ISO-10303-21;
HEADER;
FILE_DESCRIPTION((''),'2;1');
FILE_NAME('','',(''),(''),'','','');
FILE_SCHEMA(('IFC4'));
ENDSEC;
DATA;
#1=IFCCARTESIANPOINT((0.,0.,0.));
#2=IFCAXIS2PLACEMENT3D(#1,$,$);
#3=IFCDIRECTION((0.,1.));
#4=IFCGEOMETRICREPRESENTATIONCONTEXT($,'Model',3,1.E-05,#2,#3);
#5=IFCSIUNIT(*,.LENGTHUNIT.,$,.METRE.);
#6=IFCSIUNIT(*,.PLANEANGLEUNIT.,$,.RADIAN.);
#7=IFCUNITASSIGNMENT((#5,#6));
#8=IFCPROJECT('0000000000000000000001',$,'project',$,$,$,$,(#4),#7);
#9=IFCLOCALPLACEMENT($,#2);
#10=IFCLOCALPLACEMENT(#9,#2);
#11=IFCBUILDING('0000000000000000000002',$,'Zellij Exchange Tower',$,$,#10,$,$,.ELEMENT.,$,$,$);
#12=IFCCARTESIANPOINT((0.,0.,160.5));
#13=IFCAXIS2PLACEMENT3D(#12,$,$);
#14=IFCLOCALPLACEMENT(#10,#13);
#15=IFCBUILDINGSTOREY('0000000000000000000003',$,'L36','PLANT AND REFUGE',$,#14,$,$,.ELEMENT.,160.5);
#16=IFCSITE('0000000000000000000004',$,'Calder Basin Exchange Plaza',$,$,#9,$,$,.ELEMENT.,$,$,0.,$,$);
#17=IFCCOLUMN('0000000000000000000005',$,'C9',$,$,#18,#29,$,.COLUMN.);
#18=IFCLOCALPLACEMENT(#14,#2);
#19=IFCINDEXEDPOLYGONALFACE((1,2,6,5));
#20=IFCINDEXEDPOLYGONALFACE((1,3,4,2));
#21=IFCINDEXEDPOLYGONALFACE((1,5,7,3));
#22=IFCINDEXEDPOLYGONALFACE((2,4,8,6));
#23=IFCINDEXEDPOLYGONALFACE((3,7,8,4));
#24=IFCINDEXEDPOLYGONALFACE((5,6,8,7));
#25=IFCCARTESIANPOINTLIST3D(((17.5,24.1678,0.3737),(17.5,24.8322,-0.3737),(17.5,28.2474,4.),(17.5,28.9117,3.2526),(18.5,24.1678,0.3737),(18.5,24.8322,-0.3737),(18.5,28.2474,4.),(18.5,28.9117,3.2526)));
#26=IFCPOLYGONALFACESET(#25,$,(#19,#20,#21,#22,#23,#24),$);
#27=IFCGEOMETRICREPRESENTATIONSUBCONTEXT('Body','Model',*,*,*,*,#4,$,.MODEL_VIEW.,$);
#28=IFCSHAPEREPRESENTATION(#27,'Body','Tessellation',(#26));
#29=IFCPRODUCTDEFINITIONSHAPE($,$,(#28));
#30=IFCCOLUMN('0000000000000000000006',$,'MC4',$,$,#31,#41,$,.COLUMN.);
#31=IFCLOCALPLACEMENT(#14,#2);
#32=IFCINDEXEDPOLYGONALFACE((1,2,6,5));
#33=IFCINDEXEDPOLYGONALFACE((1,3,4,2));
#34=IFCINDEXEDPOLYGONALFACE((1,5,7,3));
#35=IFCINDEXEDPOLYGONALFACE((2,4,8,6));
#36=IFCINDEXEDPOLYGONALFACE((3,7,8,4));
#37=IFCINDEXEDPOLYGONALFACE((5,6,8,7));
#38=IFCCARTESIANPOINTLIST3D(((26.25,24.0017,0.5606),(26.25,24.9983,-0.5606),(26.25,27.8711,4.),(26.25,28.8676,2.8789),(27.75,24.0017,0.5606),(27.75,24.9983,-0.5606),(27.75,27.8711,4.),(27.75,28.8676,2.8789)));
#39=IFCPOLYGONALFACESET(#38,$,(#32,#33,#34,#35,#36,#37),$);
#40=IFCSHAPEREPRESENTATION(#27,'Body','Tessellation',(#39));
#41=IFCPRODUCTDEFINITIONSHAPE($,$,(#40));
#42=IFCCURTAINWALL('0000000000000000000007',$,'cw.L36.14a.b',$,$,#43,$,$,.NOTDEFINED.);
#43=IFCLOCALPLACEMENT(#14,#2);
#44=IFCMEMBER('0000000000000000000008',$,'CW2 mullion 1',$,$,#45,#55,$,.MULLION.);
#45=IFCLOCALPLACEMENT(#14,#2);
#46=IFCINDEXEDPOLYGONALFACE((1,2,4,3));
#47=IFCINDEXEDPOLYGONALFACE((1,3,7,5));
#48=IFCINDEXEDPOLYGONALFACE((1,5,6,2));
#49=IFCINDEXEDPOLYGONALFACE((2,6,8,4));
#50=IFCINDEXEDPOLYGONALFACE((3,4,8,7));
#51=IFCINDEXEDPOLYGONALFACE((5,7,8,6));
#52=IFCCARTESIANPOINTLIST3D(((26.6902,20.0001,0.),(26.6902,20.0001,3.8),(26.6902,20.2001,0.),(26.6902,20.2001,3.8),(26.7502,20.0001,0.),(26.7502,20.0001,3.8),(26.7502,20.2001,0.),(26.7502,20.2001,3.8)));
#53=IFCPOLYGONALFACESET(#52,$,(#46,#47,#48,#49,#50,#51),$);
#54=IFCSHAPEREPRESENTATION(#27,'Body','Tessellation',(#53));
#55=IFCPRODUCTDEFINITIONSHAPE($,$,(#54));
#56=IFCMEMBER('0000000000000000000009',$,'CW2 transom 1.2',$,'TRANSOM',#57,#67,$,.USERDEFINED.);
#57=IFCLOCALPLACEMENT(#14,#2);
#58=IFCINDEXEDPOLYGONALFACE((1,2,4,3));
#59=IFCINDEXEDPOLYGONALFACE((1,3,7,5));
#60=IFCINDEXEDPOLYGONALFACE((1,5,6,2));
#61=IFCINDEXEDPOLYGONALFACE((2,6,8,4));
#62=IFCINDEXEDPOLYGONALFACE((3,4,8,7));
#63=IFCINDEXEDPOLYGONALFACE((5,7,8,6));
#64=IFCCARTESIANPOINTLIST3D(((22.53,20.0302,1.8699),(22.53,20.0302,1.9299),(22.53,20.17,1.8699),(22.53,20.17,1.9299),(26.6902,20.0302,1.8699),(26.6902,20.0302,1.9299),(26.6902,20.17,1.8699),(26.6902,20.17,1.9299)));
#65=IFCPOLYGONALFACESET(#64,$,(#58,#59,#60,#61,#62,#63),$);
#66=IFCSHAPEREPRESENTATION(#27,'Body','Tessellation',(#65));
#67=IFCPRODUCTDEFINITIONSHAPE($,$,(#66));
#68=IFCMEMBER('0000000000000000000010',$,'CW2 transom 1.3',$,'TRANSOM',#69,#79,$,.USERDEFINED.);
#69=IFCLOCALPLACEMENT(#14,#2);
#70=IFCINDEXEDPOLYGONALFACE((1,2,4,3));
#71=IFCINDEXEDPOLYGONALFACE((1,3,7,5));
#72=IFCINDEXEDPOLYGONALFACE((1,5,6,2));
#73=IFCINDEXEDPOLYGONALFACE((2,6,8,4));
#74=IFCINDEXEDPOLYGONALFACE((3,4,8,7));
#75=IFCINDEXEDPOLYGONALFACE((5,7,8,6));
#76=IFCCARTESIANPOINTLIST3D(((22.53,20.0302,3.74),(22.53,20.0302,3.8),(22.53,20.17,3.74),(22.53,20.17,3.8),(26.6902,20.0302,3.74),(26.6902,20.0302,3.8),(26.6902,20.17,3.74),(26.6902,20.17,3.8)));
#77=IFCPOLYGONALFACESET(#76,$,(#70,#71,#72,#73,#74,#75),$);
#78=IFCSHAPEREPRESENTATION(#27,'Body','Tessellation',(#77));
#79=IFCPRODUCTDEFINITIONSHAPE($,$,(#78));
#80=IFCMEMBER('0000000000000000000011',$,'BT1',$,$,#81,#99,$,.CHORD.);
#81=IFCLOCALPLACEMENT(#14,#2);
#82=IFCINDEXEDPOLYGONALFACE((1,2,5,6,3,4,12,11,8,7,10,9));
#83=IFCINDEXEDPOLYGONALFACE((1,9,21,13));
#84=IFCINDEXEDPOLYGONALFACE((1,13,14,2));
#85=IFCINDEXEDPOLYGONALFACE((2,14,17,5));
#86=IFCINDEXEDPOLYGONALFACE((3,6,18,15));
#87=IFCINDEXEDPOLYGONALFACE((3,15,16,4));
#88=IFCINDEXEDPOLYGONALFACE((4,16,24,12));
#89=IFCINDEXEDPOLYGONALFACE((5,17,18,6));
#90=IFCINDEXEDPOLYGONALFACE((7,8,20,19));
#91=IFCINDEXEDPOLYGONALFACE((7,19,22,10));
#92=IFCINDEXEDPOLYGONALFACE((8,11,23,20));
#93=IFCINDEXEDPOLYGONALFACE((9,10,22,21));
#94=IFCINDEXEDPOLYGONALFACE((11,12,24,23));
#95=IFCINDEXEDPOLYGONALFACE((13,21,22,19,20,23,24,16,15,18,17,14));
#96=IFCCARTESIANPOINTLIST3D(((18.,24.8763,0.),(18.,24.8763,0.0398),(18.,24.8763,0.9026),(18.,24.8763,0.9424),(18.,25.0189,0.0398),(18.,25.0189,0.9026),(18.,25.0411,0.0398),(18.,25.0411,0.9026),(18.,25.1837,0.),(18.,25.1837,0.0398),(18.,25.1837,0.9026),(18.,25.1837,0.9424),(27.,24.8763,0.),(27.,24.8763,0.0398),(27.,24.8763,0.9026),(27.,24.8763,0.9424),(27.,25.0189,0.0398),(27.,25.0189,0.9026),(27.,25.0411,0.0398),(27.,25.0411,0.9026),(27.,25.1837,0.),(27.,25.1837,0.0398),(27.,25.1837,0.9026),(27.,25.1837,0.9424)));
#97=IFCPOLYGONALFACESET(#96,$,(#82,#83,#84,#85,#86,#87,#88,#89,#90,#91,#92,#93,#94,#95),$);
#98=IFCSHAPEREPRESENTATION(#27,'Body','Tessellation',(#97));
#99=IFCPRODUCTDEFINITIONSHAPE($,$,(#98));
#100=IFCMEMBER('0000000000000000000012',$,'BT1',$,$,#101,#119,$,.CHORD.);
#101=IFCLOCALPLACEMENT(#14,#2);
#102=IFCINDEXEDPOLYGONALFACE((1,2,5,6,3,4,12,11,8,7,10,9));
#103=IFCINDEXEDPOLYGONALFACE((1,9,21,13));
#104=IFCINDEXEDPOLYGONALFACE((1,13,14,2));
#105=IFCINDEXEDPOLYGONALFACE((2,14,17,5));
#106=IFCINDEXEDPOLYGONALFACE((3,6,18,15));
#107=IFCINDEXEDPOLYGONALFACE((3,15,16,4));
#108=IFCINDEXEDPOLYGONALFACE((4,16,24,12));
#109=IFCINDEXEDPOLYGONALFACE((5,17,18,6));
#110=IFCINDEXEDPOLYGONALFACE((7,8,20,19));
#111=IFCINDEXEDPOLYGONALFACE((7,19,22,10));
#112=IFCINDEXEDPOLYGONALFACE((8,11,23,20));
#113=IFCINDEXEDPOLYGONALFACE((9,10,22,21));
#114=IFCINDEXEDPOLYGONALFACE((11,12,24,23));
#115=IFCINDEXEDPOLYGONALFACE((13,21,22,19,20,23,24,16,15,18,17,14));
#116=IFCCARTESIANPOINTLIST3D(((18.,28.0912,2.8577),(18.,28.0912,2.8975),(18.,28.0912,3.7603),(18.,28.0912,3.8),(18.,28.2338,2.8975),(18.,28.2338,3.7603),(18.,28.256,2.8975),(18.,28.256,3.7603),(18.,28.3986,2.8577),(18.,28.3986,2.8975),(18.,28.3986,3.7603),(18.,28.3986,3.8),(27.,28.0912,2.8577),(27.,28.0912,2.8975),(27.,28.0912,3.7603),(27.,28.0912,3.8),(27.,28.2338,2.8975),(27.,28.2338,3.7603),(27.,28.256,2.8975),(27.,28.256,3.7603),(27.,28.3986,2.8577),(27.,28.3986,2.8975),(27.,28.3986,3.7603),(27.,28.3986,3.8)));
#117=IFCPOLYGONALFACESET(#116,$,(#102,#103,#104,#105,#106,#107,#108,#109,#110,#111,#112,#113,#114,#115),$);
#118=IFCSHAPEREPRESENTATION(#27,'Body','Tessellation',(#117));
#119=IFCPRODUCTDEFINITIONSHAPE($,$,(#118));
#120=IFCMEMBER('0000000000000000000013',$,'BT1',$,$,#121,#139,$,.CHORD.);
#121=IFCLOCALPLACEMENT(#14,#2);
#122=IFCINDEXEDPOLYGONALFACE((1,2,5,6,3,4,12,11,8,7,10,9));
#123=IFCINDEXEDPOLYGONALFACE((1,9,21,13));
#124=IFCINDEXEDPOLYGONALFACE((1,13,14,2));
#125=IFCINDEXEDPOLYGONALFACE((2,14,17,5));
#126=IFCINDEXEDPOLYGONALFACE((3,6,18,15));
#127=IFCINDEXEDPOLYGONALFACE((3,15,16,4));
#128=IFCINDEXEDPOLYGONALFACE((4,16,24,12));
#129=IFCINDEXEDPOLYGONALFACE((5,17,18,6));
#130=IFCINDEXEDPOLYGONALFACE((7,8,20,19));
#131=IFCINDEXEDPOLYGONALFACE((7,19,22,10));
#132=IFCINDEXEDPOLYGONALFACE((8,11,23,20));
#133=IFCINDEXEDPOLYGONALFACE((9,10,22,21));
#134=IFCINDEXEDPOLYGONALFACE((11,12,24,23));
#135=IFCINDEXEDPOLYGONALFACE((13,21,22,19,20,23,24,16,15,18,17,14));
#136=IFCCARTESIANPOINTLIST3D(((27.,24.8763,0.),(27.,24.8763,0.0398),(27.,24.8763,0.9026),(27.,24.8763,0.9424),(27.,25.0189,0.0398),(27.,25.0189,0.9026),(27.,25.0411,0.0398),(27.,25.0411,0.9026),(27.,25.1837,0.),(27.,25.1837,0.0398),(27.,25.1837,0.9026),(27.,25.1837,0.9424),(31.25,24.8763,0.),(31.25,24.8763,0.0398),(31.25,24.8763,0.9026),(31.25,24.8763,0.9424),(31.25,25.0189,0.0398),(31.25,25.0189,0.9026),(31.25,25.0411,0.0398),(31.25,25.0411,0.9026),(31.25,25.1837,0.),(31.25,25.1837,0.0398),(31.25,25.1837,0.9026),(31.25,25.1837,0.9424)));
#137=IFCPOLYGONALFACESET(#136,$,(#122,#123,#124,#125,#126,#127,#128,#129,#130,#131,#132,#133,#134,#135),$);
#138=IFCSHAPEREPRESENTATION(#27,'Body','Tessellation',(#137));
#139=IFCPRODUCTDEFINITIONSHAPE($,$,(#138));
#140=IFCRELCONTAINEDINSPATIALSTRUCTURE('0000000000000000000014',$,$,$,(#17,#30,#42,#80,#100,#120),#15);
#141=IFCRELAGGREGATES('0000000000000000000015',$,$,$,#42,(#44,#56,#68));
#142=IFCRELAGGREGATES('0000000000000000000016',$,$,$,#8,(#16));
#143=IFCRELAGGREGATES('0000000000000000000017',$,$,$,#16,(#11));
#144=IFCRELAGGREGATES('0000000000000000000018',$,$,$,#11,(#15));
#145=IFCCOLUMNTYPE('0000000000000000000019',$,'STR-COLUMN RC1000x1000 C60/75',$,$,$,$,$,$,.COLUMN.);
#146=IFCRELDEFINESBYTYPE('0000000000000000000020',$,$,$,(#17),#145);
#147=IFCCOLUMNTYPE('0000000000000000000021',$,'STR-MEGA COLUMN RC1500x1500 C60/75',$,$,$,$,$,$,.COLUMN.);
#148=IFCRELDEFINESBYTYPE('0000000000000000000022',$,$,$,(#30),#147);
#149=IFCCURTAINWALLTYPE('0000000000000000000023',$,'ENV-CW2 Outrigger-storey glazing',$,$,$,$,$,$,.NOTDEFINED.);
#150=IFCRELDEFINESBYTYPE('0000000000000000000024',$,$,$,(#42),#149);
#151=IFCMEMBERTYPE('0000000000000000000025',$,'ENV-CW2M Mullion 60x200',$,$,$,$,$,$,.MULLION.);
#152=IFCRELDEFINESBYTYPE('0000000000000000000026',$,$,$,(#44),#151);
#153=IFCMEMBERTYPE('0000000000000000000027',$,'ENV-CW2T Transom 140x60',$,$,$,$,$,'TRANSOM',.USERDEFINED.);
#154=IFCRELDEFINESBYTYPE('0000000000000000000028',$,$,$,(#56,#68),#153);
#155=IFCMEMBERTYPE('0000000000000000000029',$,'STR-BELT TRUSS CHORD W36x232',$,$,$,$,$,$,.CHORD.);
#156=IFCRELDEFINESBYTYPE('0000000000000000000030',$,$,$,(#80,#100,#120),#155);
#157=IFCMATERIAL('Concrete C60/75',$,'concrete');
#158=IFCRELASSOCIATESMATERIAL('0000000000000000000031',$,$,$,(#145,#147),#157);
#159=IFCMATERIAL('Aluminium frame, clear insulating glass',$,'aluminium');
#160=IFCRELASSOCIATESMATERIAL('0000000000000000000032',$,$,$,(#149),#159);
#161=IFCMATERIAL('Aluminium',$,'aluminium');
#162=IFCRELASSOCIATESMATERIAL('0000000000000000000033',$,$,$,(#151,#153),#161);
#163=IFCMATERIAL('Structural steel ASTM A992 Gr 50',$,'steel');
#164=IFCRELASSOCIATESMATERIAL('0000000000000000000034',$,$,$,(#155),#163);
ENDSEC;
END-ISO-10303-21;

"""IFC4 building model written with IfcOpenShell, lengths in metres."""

from ifc_helpers import new_model, si_unit, direction, frame, origin, origin_2d, place, context, subcontext, project, spatial, rectangle, i_section, extrude, clip, halfspace, material, material_profile, profile_set, type_object, element, aggregate, save


model = new_model("IFC4")

# Units and contexts
model_context = context("Model", 3, precision=1e-05, world=origin(), true_north=direction((0.0, 1.0)))
body_context = subcontext(model_context, "Body", "Model", "MODEL_VIEW")
ifc_project = project(units=[si_unit("LENGTHUNIT", "METRE"), si_unit("PLANEANGLEUNIT", "RADIAN")], contexts=[model_context])

# Site, building, storey
site_placement = place(None, origin())
site = spatial("IfcSite", under=ifc_project, at=site_placement, Name="Calder Basin Exchange Plaza", CompositionType="ELEMENT", RefElevation=0.0)
building_placement = place(site_placement, origin())
building = spatial("IfcBuilding", under=site, at=building_placement, Name="Zellij Exchange Tower", CompositionType="ELEMENT")
storey_placement = place(building_placement, frame((0.0, 0.0, 160.5)))
storey = spatial("IfcBuildingStorey", under=building, at=storey_placement, Name="L36", Description="PLANT AND REFUGE", CompositionType="ELEMENT", Elevation=160.5)

# Columns
ifc_material_1 = material(Name="Concrete C60/75", Category="concrete")
ifc_material_profile_1 = material_profile(ifc_material_1, rectangle(XDim=1.0, YDim=1.0, at=origin_2d()), Name="STR-COLUMN RC1000x1000 C60/75")
ifc_profile_set_1 = profile_set([ifc_material_profile_1], Name="Concrete C60/75")
column_type_1 = type_object("IfcColumnType", Name="STR-COLUMN RC1000x1000 C60/75", PredefinedType="COLUMN", material=ifc_profile_set_1)
column_1_placement = place(storey_placement, frame((18.0, 24.5, 0.0), z_axis=(0.0, 0.747409, 0.664364), x_axis=(-1.0, 0.0, 0.0)))
element("IfcColumn", 1, at=column_1_placement, inside=storey, type_object=column_type_1, Name="C9", PredefinedType="COLUMN", context=body_context, shape_type="Clipping", body=[
    clip(extrude(rectangle(XDim=1.0, YDim=1.0, at=origin_2d()), origin(), (0.0, 0.0, 1.0), 6.0208), halfspace(frame((0.0, 0.0, 5.4583)), False)),
])
ifc_material_profile_2 = material_profile(ifc_material_1, rectangle(XDim=1.5, YDim=1.5, at=origin_2d()), Name="STR-MEGA COLUMN RC1500x1500 C60/75")
ifc_profile_set_2 = profile_set([ifc_material_profile_2], Name="Concrete C60/75")
column_type_2 = type_object("IfcColumnType", Name="STR-MEGA COLUMN RC1500x1500 C60/75", PredefinedType="COLUMN", material=ifc_profile_set_2)
column_2_placement = place(storey_placement, frame((27.0, 24.5, 0.0), z_axis=(0.0, 0.747409, 0.664364), x_axis=(-1.0, 0.0, 0.0)))
element("IfcColumn", 2, at=column_2_placement, inside=storey, type_object=column_type_2, Name="MC4", PredefinedType="COLUMN", context=body_context, shape_type="Clipping", body=[
    clip(extrude(rectangle(XDim=1.5, YDim=1.5, at=origin_2d()), origin(), (0.0, 0.0, 1.0), 6.0208), halfspace(frame((0.0, 0.0, 5.177)), False)),
])

# Curtain wall, members
ifc_material_2 = material(Name="Aluminium frame, clear insulating glass", Category="aluminium")
curtain_wall_type = type_object("IfcCurtainWallType", Name="ENV-CW2 Outrigger-storey glazing", PredefinedType="NOTDEFINED", material=ifc_material_2)
curtain_wall_placement = place(storey_placement, origin())
curtain_wall = element("IfcCurtainWall", 3, at=curtain_wall_placement, inside=storey, type_object=curtain_wall_type, Name="cw.L36.14a.b", PredefinedType="NOTDEFINED")
ifc_material_3 = material(Name="Aluminium", Category="aluminium")
ifc_material_profile_3 = material_profile(ifc_material_3, rectangle(XDim=0.0601, YDim=0.2, at=origin_2d()), Name="AL 60x200")
ifc_profile_set_3 = profile_set([ifc_material_profile_3], Name="Aluminium")
member_type_1 = type_object("IfcMemberType", Name="ENV-CW2M Mullion 60x200", PredefinedType="MULLION", material=ifc_profile_set_3)
member_1_placement = place(storey_placement, frame((26.7202, 20.1001, 0.0), z_axis=(0.0, 0.0, 1.0), x_axis=(-1.0, 0.0, 0.0)))
member_1 = element("IfcMember", 4, at=member_1_placement, type_object=member_type_1, Name="CW2 mullion 1", PredefinedType="MULLION", context=body_context, shape_type="SweptSolid", body=[
    extrude(rectangle(XDim=0.0601, YDim=0.2, at=origin_2d()), origin(), (0.0, 0.0, 1.0), 3.8),
])
ifc_material_profile_4 = material_profile(ifc_material_3, rectangle(XDim=0.1399, YDim=0.0601, at=origin_2d()), Name="AL 140x60")
ifc_profile_set_4 = profile_set([ifc_material_profile_4], Name="Aluminium")
member_type_2 = type_object("IfcMemberType", Name="ENV-CW2T Transom 140x60", ElementType="TRANSOM", PredefinedType="USERDEFINED", material=ifc_profile_set_4)
member_2_placement = place(storey_placement, frame((26.6902, 20.1001, 1.8999), z_axis=(-1.0, 0.0, 0.0), x_axis=(0.0, -1.0, 0.0)))
member_2 = element("IfcMember", 5, at=member_2_placement, type_object=member_type_2, Name="CW2 transom 1.2", ObjectType="TRANSOM", PredefinedType="USERDEFINED", context=body_context, shape_type="SweptSolid", body=[
    extrude(rectangle(XDim=0.1399, YDim=0.0601, at=origin_2d()), origin(), (0.0, 0.0, 1.0), 4.1602),
])
member_3_placement = place(storey_placement, frame((26.6902, 20.1001, 3.77), z_axis=(-1.0, 0.0, 0.0), x_axis=(0.0, -1.0, 0.0)))
member_3 = element("IfcMember", 6, at=member_3_placement, type_object=member_type_2, Name="CW2 transom 1.3", ObjectType="TRANSOM", PredefinedType="USERDEFINED", context=body_context, shape_type="SweptSolid", body=[
    extrude(rectangle(XDim=0.1399, YDim=0.0601, at=origin_2d()), origin(), (0.0, 0.0, 1.0), 4.1602),
])
aggregate(curtain_wall, [member_1, member_2, member_3])

# Members
ifc_material_4 = material(Name="Structural steel ASTM A992 Gr 50", Category="steel")
ifc_material_profile_5 = material_profile(ifc_material_4, i_section(OverallWidth=0.3074, OverallDepth=0.9424, WebThickness=0.0222, FlangeThickness=0.0398, at=origin_2d()), Name="W36x232")
ifc_profile_set_5 = profile_set([ifc_material_profile_5], Name="Structural steel ASTM A992 Gr 50")
member_type_3 = type_object("IfcMemberType", Name="STR-BELT TRUSS CHORD W36x232", PredefinedType="CHORD", material=ifc_profile_set_5)
for number, where, z_axis, x_axis, name in (
    (7, (18.0, 25.03, 0.4712), (1.0, 0.0, 0.0), (0.0, 1.0, 0.0), "BT1"),
    (8, (18.0, 28.2449, 3.3289), (1.0, 0.0, 0.0), (0.0, 1.0, 0.0), "BT1"),
):
    element("IfcMember", number, at=place(storey_placement, frame(where, z_axis=z_axis, x_axis=x_axis)), inside=storey, type_object=member_type_3, Name=name, PredefinedType="CHORD", context=body_context, shape_type="SweptSolid", body=[
        extrude(i_section(OverallWidth=0.3074, OverallDepth=0.9424, WebThickness=0.0222, FlangeThickness=0.0398, at=origin_2d()), origin(), (0.0, 0.0, 1.0), 9.0),
    ])
member_4_placement = place(storey_placement, frame((27.0, 25.03, 0.4712), z_axis=(1.0, 0.0, 0.0), x_axis=(0.0, 1.0, 0.0)))
element("IfcMember", 9, at=member_4_placement, inside=storey, type_object=member_type_3, Name="BT1", PredefinedType="CHORD", context=body_context, shape_type="SweptSolid", body=[
    extrude(i_section(OverallWidth=0.3074, OverallDepth=0.9424, WebThickness=0.0222, FlangeThickness=0.0398, at=origin_2d()), origin(), (0.0, 0.0, 1.0), 4.25),
])

save(model, "model.ifc")
